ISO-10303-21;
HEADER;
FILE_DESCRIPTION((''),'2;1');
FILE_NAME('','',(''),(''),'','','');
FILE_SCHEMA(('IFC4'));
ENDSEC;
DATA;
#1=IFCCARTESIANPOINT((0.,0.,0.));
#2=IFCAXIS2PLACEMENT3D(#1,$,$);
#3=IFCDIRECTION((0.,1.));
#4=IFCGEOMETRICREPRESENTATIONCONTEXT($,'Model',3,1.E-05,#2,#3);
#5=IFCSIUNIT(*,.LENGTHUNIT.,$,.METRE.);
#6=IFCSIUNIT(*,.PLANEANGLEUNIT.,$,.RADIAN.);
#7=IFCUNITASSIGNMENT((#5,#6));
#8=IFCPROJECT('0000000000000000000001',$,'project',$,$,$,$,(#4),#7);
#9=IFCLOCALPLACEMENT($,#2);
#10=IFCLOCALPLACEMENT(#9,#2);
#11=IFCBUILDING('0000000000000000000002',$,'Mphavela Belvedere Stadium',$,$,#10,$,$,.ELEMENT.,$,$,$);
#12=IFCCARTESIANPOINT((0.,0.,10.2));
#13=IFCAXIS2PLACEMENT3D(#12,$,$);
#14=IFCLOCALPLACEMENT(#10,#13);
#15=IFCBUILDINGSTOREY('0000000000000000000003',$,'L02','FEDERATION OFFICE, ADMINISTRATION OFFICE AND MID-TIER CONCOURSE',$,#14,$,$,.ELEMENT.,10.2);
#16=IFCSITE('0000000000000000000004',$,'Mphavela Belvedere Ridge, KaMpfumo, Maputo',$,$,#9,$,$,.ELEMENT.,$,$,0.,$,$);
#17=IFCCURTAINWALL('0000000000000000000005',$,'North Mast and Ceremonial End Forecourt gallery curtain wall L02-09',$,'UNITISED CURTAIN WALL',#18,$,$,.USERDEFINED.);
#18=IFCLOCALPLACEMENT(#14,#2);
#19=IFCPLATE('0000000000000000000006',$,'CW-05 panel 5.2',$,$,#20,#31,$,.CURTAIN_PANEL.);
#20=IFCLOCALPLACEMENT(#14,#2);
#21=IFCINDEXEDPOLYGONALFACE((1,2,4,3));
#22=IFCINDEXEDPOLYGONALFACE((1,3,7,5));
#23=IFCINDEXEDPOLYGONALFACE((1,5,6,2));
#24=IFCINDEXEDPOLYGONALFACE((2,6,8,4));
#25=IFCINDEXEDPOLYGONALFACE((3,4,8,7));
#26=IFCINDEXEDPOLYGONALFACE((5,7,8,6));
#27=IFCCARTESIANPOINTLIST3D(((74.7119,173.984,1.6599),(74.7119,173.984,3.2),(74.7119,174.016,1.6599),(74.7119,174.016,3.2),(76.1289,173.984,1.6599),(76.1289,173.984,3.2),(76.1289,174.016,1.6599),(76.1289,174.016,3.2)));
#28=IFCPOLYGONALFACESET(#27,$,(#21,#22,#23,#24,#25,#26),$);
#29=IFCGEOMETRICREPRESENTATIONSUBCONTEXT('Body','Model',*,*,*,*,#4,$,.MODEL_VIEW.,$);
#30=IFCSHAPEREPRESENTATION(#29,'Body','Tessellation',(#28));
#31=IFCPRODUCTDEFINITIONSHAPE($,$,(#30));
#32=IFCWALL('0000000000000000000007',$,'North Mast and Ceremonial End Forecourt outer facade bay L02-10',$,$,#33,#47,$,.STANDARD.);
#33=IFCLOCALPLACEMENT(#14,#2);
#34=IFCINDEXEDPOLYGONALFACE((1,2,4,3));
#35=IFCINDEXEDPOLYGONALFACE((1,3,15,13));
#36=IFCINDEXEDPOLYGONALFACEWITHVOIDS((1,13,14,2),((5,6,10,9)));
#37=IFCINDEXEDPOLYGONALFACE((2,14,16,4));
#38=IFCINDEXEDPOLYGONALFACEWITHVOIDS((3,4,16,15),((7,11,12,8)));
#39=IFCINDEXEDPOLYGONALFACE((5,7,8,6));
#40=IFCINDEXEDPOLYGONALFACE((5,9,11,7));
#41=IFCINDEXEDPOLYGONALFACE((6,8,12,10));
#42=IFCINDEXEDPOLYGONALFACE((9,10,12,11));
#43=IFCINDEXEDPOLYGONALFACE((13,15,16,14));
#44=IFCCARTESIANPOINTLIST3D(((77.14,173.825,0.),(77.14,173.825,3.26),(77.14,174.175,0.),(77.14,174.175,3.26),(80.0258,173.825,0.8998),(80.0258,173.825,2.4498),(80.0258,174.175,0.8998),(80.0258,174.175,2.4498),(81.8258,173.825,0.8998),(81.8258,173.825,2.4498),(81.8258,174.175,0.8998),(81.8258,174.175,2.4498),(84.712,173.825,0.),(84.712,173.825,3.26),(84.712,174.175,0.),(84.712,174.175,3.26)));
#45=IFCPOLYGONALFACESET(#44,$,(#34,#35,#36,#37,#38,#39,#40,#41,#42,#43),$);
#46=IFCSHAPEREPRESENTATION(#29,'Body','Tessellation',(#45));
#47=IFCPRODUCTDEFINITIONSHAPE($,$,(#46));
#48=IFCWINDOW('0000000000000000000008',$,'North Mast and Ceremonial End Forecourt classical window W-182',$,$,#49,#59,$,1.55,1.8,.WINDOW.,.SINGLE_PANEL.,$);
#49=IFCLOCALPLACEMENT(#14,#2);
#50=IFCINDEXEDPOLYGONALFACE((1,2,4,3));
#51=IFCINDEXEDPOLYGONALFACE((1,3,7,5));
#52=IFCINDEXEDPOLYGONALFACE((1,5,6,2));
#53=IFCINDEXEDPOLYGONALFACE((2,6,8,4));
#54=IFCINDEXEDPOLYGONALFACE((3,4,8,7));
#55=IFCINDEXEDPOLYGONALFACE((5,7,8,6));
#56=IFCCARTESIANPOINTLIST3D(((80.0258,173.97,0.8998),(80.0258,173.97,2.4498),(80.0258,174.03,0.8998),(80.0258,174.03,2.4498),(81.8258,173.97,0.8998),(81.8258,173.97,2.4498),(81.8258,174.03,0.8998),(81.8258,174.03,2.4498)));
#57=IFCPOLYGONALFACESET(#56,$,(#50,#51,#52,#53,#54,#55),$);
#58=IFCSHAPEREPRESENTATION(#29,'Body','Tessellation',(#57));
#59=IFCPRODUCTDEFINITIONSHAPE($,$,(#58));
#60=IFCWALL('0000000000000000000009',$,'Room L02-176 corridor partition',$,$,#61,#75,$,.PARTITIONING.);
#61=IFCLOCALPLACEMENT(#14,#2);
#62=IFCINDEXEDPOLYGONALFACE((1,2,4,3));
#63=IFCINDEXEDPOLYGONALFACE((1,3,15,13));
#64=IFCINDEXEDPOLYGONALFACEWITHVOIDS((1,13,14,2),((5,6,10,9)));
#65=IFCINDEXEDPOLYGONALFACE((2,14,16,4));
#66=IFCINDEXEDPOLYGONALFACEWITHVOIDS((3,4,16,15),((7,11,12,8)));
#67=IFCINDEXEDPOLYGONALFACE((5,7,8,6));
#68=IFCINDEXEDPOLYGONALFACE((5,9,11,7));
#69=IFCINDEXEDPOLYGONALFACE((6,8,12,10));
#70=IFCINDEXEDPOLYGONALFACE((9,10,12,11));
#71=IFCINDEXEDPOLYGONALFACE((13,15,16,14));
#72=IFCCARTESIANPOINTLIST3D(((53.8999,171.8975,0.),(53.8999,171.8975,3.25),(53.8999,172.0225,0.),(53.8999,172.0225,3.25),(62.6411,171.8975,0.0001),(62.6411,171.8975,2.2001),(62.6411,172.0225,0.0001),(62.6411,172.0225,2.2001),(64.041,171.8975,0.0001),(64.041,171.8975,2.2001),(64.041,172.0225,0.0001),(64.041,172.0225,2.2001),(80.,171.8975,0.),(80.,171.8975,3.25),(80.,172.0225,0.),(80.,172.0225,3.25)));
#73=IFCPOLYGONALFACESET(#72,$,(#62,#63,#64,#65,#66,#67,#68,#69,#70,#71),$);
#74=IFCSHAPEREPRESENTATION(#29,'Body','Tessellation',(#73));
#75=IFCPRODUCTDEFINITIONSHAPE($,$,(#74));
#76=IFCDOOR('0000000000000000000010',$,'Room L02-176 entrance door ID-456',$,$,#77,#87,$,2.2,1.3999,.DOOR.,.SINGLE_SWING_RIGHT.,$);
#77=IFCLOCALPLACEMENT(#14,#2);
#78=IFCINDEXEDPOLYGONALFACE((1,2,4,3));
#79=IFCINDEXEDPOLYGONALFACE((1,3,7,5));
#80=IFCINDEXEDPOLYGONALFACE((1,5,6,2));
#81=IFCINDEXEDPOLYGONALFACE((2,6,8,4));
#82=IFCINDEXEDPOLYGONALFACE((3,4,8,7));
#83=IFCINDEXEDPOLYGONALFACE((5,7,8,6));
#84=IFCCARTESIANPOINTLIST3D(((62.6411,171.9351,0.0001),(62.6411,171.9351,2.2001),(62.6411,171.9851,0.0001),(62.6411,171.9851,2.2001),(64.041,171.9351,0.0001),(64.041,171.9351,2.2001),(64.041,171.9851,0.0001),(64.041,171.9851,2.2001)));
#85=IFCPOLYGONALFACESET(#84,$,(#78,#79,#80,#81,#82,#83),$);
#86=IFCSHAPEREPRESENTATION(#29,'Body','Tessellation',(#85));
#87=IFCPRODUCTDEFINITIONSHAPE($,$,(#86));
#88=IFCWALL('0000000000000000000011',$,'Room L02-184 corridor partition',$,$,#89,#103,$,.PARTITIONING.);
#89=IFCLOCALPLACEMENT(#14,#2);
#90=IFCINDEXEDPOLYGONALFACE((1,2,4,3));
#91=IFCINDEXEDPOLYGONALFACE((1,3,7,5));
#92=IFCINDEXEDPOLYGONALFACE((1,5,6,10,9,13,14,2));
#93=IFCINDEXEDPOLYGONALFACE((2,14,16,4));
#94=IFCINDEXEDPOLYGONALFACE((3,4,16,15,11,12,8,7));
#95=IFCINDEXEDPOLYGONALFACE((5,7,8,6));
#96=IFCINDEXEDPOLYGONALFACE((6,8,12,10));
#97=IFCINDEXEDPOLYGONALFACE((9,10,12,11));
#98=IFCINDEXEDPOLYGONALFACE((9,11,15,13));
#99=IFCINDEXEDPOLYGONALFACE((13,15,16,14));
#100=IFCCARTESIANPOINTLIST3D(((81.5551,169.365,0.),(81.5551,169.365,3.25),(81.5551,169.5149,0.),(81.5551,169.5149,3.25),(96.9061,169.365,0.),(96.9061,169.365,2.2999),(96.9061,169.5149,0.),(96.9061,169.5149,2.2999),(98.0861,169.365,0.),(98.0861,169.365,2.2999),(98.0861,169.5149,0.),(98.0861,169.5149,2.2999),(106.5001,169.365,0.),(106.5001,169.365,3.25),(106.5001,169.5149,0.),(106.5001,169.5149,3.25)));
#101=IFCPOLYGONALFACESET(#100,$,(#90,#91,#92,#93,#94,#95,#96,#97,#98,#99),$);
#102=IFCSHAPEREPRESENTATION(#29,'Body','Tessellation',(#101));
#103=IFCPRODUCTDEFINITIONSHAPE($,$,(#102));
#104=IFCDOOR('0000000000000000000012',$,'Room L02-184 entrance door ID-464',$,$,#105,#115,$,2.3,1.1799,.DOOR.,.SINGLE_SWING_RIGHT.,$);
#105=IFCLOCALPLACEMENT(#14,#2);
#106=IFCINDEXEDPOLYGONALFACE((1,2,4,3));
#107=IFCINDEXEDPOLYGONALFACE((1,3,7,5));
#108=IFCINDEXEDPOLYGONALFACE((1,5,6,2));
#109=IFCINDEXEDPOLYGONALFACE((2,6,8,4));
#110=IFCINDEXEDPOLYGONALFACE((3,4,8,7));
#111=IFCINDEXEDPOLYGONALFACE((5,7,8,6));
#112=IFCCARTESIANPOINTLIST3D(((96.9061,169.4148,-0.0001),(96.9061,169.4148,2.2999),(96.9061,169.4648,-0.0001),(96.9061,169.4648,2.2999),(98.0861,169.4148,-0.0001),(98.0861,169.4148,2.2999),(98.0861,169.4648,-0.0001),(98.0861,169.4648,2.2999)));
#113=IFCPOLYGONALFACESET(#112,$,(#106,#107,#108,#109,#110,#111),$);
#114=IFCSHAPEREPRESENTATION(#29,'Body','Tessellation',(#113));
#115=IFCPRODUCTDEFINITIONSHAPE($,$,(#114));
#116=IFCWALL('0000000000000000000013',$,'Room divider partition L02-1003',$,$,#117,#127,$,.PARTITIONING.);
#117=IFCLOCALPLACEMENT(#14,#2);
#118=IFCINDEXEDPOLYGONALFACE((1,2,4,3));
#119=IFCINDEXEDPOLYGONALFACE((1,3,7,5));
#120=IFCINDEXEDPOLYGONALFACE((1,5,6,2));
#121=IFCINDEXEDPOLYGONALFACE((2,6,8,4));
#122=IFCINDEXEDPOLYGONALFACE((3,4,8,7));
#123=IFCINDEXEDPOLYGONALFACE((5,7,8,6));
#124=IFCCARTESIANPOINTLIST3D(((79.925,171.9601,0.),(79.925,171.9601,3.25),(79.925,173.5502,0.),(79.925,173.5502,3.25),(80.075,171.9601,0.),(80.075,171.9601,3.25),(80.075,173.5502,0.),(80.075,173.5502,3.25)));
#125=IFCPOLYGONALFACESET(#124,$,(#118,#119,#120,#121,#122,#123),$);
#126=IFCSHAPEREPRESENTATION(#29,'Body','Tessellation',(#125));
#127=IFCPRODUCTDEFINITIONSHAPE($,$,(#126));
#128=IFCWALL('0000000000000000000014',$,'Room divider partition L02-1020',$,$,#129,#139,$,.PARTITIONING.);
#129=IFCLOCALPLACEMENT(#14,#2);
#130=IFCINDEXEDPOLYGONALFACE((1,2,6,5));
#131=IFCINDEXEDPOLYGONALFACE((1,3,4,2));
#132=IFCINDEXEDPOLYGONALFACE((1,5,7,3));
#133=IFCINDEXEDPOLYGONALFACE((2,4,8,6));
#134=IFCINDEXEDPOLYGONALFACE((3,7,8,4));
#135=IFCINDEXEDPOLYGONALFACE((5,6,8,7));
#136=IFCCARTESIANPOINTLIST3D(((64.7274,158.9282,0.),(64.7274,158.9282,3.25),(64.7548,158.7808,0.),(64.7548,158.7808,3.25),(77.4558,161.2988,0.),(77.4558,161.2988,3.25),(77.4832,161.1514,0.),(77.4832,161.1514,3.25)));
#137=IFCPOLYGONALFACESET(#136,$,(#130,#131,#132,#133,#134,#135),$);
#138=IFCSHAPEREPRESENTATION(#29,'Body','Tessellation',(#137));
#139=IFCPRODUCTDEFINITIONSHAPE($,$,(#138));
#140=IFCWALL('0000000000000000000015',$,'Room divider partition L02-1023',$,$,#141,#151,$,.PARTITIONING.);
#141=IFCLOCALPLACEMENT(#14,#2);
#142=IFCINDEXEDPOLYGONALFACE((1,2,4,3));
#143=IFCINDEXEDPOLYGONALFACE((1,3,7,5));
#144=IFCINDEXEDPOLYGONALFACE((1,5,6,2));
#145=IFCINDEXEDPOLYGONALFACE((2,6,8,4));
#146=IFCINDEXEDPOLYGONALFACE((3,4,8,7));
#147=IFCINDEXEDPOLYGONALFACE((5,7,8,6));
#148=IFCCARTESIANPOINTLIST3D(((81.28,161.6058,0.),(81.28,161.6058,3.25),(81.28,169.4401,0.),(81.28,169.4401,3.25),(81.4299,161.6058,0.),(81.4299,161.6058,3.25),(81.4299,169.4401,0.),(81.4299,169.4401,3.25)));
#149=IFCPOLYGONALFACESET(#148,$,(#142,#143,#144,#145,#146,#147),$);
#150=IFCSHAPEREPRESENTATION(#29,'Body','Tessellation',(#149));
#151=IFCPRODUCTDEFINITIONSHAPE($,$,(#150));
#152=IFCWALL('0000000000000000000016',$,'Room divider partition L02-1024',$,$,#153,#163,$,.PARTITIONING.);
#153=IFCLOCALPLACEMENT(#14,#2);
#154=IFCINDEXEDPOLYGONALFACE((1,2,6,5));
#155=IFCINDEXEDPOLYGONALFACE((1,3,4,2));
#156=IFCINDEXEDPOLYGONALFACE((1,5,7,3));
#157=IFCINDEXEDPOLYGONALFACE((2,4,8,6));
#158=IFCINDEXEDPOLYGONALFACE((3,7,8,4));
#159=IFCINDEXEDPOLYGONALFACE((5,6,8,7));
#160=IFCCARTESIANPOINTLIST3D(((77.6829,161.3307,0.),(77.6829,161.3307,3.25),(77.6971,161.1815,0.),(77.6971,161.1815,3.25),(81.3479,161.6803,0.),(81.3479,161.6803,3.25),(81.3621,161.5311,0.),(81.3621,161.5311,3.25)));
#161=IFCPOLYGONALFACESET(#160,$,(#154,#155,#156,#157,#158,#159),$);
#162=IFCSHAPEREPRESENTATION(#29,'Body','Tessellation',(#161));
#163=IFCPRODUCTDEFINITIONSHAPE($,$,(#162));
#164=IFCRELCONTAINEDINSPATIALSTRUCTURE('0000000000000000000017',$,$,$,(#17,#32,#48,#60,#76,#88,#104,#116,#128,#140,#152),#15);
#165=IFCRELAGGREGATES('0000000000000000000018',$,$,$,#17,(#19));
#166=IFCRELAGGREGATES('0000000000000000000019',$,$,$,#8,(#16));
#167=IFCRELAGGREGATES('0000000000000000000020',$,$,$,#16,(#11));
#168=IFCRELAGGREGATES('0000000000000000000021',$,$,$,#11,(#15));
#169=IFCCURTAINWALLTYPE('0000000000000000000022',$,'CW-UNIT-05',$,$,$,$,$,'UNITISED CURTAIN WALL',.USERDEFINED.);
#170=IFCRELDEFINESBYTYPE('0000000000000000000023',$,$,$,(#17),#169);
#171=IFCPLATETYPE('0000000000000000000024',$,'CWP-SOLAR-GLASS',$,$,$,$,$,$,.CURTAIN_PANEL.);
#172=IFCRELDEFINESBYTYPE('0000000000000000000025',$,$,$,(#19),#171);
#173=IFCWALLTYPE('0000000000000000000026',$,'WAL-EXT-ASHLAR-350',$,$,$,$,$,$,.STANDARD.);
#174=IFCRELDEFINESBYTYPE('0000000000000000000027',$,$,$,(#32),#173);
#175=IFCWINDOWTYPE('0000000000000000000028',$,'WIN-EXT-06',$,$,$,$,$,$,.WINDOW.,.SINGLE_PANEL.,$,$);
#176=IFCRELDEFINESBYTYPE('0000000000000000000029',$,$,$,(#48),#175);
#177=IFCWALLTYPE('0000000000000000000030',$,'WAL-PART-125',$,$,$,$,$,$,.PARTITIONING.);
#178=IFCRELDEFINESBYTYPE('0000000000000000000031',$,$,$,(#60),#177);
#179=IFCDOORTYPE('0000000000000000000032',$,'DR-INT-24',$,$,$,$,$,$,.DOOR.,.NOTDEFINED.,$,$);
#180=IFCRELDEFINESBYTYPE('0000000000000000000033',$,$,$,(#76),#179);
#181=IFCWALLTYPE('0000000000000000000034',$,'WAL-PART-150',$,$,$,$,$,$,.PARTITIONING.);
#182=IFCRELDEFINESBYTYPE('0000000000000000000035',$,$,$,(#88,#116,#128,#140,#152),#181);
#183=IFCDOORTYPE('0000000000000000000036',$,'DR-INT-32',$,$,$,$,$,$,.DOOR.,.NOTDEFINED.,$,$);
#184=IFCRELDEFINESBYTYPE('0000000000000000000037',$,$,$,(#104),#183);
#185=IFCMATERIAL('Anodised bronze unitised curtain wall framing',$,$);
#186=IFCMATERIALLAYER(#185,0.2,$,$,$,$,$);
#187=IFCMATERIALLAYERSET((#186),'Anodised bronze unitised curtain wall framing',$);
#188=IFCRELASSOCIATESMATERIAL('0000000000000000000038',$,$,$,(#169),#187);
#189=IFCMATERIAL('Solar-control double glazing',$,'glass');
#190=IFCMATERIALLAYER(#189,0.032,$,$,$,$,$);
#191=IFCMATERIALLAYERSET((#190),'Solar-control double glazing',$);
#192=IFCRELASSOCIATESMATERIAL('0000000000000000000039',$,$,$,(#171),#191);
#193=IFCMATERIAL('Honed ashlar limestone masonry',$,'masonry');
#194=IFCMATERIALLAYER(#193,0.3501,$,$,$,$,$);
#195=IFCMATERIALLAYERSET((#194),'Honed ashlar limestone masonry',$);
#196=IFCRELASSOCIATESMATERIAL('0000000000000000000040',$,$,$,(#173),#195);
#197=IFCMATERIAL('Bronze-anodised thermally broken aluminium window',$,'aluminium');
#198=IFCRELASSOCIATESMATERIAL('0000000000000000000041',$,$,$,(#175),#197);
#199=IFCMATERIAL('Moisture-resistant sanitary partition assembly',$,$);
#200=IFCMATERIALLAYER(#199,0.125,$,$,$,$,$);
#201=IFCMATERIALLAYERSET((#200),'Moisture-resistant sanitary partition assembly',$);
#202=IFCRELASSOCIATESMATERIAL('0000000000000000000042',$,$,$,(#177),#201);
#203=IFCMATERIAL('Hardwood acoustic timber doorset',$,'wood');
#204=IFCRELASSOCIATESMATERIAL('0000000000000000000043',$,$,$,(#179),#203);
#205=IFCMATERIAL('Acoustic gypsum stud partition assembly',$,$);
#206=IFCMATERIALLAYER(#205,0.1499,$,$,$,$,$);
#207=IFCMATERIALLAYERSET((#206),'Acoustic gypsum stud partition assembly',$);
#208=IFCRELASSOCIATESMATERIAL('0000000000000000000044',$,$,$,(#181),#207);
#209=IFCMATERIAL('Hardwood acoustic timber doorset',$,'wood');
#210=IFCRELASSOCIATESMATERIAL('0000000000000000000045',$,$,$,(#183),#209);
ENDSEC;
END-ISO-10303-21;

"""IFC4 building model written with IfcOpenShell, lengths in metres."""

from ifc_helpers import new_model, si_unit, direction, frame, frame_2d, origin, origin_2d, place, context, subcontext, project, spatial, rectangle, extrude, material, layer, layer_set, type_object, element, fill, aggregate, save


model = new_model("IFC4")

# Units and contexts
model_context = context("Model", 3, precision=1e-05, world=origin(), true_north=direction((0.0, 1.0)))
body_context = subcontext(model_context, "Body", "Model", "MODEL_VIEW")
ifc_project = project(units=[si_unit("LENGTHUNIT", "METRE"), si_unit("PLANEANGLEUNIT", "RADIAN")], contexts=[model_context])

# Site, building, storey
site_placement = place(None, origin())
site = spatial("IfcSite", under=ifc_project, at=site_placement, Name="Mphavela Belvedere Ridge, KaMpfumo, Maputo", CompositionType="ELEMENT", RefElevation=0.0)
building_placement = place(site_placement, origin())
building = spatial("IfcBuilding", under=site, at=building_placement, Name="Mphavela Belvedere Stadium", CompositionType="ELEMENT")
storey_placement = place(building_placement, frame((0.0, 0.0, 10.2)))
storey = spatial("IfcBuildingStorey", under=building, at=storey_placement, Name="L02", Description="FEDERATION OFFICE, ADMINISTRATION OFFICE AND MID-TIER CONCOURSE", CompositionType="ELEMENT", Elevation=10.2)

# Curtain wall
ifc_material_1 = material(Name="Anodised bronze unitised curtain wall framing")
ifc_layer_1 = layer(ifc_material_1, 0.2)
ifc_layer_set_1 = layer_set([ifc_layer_1], Name="Anodised bronze unitised curtain wall framing")
curtain_wall_type_1 = type_object("IfcCurtainWallType", Name="CW-UNIT-05", ElementType="UNITISED CURTAIN WALL", PredefinedType="USERDEFINED", material=ifc_layer_set_1)
curtain_wall_1_placement = place(storey_placement, origin())
curtain_wall_1 = element("IfcCurtainWall", 1, at=curtain_wall_1_placement, inside=storey, type_object=curtain_wall_type_1, Name="North Mast and Ceremonial End Forecourt gallery curtain wall L02-09", ObjectType="UNITISED CURTAIN WALL", PredefinedType="USERDEFINED")

# Plate
ifc_material_2 = material(Name="Solar-control double glazing", Category="glass")
ifc_layer_2 = layer(ifc_material_2, 0.032)
ifc_layer_set_2 = layer_set([ifc_layer_2], Name="Solar-control double glazing")
plate_type = type_object("IfcPlateType", Name="CWP-SOLAR-GLASS", PredefinedType="CURTAIN_PANEL", material=ifc_layer_set_2)
plate_1_placement = place(storey_placement, frame((75.4204, 174.0, 1.6599), z_axis=(0.0, 0.0, 1.0), x_axis=(1.0, 0.0, 0.0)))
plate_1 = element("IfcPlate", 2, at=plate_1_placement, type_object=plate_type, Name="CW-05 panel 5.2", PredefinedType="CURTAIN_PANEL", context=body_context, shape_type="SweptSolid", body=[
    extrude(rectangle(XDim=1.417, YDim=0.032, at=origin_2d()), origin(), (0.0, 0.0, 1.0), 1.54),
])
aggregate(curtain_wall_1, [plate_1])

# Wall, opening, window
ifc_material_3 = material(Name="Honed ashlar limestone masonry", Category="masonry")
ifc_layer_3 = layer(ifc_material_3, 0.3501)
ifc_layer_set_3 = layer_set([ifc_layer_3], Name="Honed ashlar limestone masonry")
wall_type_1 = type_object("IfcWallType", Name="WAL-EXT-ASHLAR-350", PredefinedType="STANDARD", material=ifc_layer_set_3)
wall_1_placement = place(storey_placement, frame((77.1399, 174.0, 0.0), z_axis=(0.0, 0.0, 1.0), x_axis=(1.0, 0.0, 0.0)))
wall_1 = element("IfcWall", 3, at=wall_1_placement, inside=storey, type_object=wall_type_1, Name="North Mast and Ceremonial End Forecourt outer facade bay L02-10", PredefinedType="STANDARD", context=body_context, shape_type="SweptSolid", body=[
    extrude(rectangle(XDim=7.572, YDim=0.3501, at=frame_2d((3.7861, 0.0))), origin(), (0.0, 0.0, 1.0), 3.26),
])
opening_1_placement = place(wall_1_placement, frame((2.886, 0.0, 0.8999)))
opening_1 = element("IfcOpeningElement", 4, at=opening_1_placement, cuts=wall_1, PredefinedType="OPENING", context=body_context, shape_type="SweptSolid", body=[
    extrude(rectangle(XDim=1.8, YDim=1.55, at=frame_2d((0.8999, 0.7749))), frame((0.0, 0.1851, 0.0), z_axis=(0.0, -1.0, 0.0), x_axis=(1.0, 0.0, 0.0)), (0.0, 0.0, 1.0), 0.3701),
])
ifc_material_4 = material(Name="Bronze-anodised thermally broken aluminium window", Category="aluminium")
window_type = type_object("IfcWindowType", Name="WIN-EXT-06", PartitioningType="SINGLE_PANEL", PredefinedType="WINDOW", material=ifc_material_4)
window_placement = place(opening_1_placement, origin())
window = element("IfcWindow", 5, at=window_placement, inside=storey, type_object=window_type, Name="North Mast and Ceremonial End Forecourt classical window W-182", OverallHeight=1.55, OverallWidth=1.8, PartitioningType="SINGLE_PANEL", PredefinedType="WINDOW", context=body_context, shape_type="SweptSolid", body=[
    extrude(rectangle(XDim=1.8, YDim=1.55, at=frame_2d((0.8999, 0.7749))), frame((0.0, 0.03, 0.0), z_axis=(0.0, -1.0, 0.0), x_axis=(1.0, 0.0, 0.0)), (0.0, 0.0, 1.0), 0.0601),
])
fill(opening_1, window)

# Walls, openings, doors
ifc_material_5 = material(Name="Moisture-resistant sanitary partition assembly")
ifc_layer_4 = layer(ifc_material_5, 0.125)
ifc_layer_set_4 = layer_set([ifc_layer_4], Name="Moisture-resistant sanitary partition assembly")
wall_type_2 = type_object("IfcWallType", Name="WAL-PART-125", PredefinedType="PARTITIONING", material=ifc_layer_set_4)
wall_2_placement = place(storey_placement, frame((80.0, 171.96, 0.0), z_axis=(0.0, 0.0, 1.0), x_axis=(-1.0, 0.0, 0.0)))
wall_2 = element("IfcWall", 6, at=wall_2_placement, inside=storey, type_object=wall_type_2, Name="Room L02-176 corridor partition", PredefinedType="PARTITIONING", context=body_context, shape_type="SweptSolid", body=[
    extrude(rectangle(XDim=26.1001, YDim=0.125, at=frame_2d((13.05, 0.0))), origin(), (0.0, 0.0, 1.0), 3.25),
])
opening_2_placement = place(wall_2_placement, frame((15.959, 0.0, 0.0)))
opening_2 = element("IfcOpeningElement", 7, at=opening_2_placement, cuts=wall_2, PredefinedType="OPENING", context=body_context, shape_type="SweptSolid", body=[
    extrude(rectangle(XDim=1.3999, YDim=2.2, at=frame_2d((0.7, 1.1001))), frame((0.0, 0.0725, 0.0), z_axis=(0.0, -1.0, 0.0), x_axis=(1.0, 0.0, 0.0)), (0.0, 0.0, 1.0), 0.145),
])
ifc_material_6 = material(Name="Hardwood acoustic timber doorset", Category="wood")
door_type_1 = type_object("IfcDoorType", Name="DR-INT-24", OperationType="NOTDEFINED", PredefinedType="DOOR", material=ifc_material_6)
door_1_placement = place(opening_2_placement, origin())
door_1 = element("IfcDoor", 8, at=door_1_placement, inside=storey, type_object=door_type_1, Name="Room L02-176 entrance door ID-456", OperationType="SINGLE_SWING_RIGHT", OverallHeight=2.2, OverallWidth=1.3999, PredefinedType="DOOR", context=body_context, shape_type="SweptSolid", body=[
    extrude(rectangle(XDim=1.3999, YDim=2.2, at=frame_2d((0.7, 1.1001))), frame((0.0, 0.0249, 0.0), z_axis=(0.0, -1.0, 0.0), x_axis=(1.0, 0.0, 0.0)), (0.0, 0.0, 1.0), 0.05),
])
fill(opening_2, door_1)
ifc_material_7 = material(Name="Acoustic gypsum stud partition assembly")
ifc_layer_5 = layer(ifc_material_7, 0.1499)
ifc_layer_set_5 = layer_set([ifc_layer_5], Name="Acoustic gypsum stud partition assembly")
wall_type_3 = type_object("IfcWallType", Name="WAL-PART-150", PredefinedType="PARTITIONING", material=ifc_layer_set_5)
wall_3_placement = place(storey_placement, frame((81.5549, 169.4399, 0.0), z_axis=(0.0, 0.0, 1.0), x_axis=(1.0, 0.0, 0.0)))
wall_3 = element("IfcWall", 9, at=wall_3_placement, inside=storey, type_object=wall_type_3, Name="Room L02-184 corridor partition", PredefinedType="PARTITIONING", context=body_context, shape_type="SweptSolid", body=[
    extrude(rectangle(XDim=24.9451, YDim=0.1499, at=frame_2d((12.4727, 0.0))), origin(), (0.0, 0.0, 1.0), 3.25),
])
opening_3_placement = place(wall_3_placement, frame((15.3513, 0.0, 0.0)))
opening_3 = element("IfcOpeningElement", 10, at=opening_3_placement, cuts=wall_3, PredefinedType="OPENING", context=body_context, shape_type="SweptSolid", body=[
    extrude(rectangle(XDim=1.1799, YDim=2.3, at=frame_2d((0.5898, 1.1499))), frame((0.0, 0.085, 0.0), z_axis=(0.0, -1.0, 0.0), x_axis=(1.0, 0.0, 0.0)), (0.0, 0.0, 1.0), 0.1699),
])
ifc_material_8 = material(Name="Hardwood acoustic timber doorset", Category="wood")
door_type_2 = type_object("IfcDoorType", Name="DR-INT-32", OperationType="NOTDEFINED", PredefinedType="DOOR", material=ifc_material_8)
door_2_placement = place(opening_3_placement, origin())
door_2 = element("IfcDoor", 11, at=door_2_placement, inside=storey, type_object=door_type_2, Name="Room L02-184 entrance door ID-464", OperationType="SINGLE_SWING_RIGHT", OverallHeight=2.3, OverallWidth=1.1799, PredefinedType="DOOR", context=body_context, shape_type="SweptSolid", body=[
    extrude(rectangle(XDim=1.1799, YDim=2.3, at=frame_2d((0.5898, 1.1499))), frame((0.0, 0.0249, 0.0), z_axis=(0.0, -1.0, 0.0), x_axis=(1.0, 0.0, 0.0)), (0.0, 0.0, 1.0), 0.05),
])
fill(opening_3, door_2)

# Walls
wall_4_placement = place(storey_placement, frame((80.0, 173.55, 0.0), z_axis=(0.0, 0.0, 1.0), x_axis=(0.0, -1.0, 0.0)))
element("IfcWall", 12, at=wall_4_placement, inside=storey, type_object=wall_type_3, Name="Room divider partition L02-1003", PredefinedType="PARTITIONING", context=body_context, shape_type="SweptSolid", body=[
    extrude(rectangle(XDim=1.5901, YDim=0.1499, at=frame_2d((0.7949, 0.0))), origin(), (0.0, 0.0, 1.0), 3.25),
])
wall_5_placement = place(storey_placement, frame((77.4695, 161.2251, 0.0), z_axis=(0.0, 0.0, 1.0), x_axis=(-0.983095, -0.183099, 0.0)))
element("IfcWall", 13, at=wall_5_placement, inside=storey, type_object=wall_type_3, Name="Room divider partition L02-1020", PredefinedType="PARTITIONING", context=body_context, shape_type="SweptSolid", body=[
    extrude(rectangle(XDim=12.9473, YDim=0.1499, at=frame_2d((6.4736, 0.0))), origin(), (0.0, 0.0, 1.0), 3.25),
])
wall_6_placement = place(storey_placement, frame((81.355, 169.4399, 0.0), z_axis=(0.0, 0.0, 1.0), x_axis=(0.0, -1.0, 0.0)))
element("IfcWall", 14, at=wall_6_placement, inside=storey, type_object=wall_type_3, Name="Room divider partition L02-1023", PredefinedType="PARTITIONING", context=body_context, shape_type="SweptSolid", body=[
    extrude(rectangle(XDim=7.8342, YDim=0.1499, at=frame_2d((3.917, 0.0))), origin(), (0.0, 0.0, 1.0), 3.25),
])
wall_7_placement = place(storey_placement, frame((81.355, 161.6057, 0.0), z_axis=(0.0, 0.0, 1.0), x_axis=(-0.995481, -0.094959, 0.0)))
element("IfcWall", 15, at=wall_7_placement, inside=storey, type_object=wall_type_3, Name="Room divider partition L02-1024", PredefinedType="PARTITIONING", context=body_context, shape_type="SweptSolid", body=[
    extrude(rectangle(XDim=3.6816, YDim=0.1499, at=frame_2d((1.8408, 0.0))), origin(), (0.0, 0.0, 1.0), 3.25),
])

save(model, "model.ifc")
